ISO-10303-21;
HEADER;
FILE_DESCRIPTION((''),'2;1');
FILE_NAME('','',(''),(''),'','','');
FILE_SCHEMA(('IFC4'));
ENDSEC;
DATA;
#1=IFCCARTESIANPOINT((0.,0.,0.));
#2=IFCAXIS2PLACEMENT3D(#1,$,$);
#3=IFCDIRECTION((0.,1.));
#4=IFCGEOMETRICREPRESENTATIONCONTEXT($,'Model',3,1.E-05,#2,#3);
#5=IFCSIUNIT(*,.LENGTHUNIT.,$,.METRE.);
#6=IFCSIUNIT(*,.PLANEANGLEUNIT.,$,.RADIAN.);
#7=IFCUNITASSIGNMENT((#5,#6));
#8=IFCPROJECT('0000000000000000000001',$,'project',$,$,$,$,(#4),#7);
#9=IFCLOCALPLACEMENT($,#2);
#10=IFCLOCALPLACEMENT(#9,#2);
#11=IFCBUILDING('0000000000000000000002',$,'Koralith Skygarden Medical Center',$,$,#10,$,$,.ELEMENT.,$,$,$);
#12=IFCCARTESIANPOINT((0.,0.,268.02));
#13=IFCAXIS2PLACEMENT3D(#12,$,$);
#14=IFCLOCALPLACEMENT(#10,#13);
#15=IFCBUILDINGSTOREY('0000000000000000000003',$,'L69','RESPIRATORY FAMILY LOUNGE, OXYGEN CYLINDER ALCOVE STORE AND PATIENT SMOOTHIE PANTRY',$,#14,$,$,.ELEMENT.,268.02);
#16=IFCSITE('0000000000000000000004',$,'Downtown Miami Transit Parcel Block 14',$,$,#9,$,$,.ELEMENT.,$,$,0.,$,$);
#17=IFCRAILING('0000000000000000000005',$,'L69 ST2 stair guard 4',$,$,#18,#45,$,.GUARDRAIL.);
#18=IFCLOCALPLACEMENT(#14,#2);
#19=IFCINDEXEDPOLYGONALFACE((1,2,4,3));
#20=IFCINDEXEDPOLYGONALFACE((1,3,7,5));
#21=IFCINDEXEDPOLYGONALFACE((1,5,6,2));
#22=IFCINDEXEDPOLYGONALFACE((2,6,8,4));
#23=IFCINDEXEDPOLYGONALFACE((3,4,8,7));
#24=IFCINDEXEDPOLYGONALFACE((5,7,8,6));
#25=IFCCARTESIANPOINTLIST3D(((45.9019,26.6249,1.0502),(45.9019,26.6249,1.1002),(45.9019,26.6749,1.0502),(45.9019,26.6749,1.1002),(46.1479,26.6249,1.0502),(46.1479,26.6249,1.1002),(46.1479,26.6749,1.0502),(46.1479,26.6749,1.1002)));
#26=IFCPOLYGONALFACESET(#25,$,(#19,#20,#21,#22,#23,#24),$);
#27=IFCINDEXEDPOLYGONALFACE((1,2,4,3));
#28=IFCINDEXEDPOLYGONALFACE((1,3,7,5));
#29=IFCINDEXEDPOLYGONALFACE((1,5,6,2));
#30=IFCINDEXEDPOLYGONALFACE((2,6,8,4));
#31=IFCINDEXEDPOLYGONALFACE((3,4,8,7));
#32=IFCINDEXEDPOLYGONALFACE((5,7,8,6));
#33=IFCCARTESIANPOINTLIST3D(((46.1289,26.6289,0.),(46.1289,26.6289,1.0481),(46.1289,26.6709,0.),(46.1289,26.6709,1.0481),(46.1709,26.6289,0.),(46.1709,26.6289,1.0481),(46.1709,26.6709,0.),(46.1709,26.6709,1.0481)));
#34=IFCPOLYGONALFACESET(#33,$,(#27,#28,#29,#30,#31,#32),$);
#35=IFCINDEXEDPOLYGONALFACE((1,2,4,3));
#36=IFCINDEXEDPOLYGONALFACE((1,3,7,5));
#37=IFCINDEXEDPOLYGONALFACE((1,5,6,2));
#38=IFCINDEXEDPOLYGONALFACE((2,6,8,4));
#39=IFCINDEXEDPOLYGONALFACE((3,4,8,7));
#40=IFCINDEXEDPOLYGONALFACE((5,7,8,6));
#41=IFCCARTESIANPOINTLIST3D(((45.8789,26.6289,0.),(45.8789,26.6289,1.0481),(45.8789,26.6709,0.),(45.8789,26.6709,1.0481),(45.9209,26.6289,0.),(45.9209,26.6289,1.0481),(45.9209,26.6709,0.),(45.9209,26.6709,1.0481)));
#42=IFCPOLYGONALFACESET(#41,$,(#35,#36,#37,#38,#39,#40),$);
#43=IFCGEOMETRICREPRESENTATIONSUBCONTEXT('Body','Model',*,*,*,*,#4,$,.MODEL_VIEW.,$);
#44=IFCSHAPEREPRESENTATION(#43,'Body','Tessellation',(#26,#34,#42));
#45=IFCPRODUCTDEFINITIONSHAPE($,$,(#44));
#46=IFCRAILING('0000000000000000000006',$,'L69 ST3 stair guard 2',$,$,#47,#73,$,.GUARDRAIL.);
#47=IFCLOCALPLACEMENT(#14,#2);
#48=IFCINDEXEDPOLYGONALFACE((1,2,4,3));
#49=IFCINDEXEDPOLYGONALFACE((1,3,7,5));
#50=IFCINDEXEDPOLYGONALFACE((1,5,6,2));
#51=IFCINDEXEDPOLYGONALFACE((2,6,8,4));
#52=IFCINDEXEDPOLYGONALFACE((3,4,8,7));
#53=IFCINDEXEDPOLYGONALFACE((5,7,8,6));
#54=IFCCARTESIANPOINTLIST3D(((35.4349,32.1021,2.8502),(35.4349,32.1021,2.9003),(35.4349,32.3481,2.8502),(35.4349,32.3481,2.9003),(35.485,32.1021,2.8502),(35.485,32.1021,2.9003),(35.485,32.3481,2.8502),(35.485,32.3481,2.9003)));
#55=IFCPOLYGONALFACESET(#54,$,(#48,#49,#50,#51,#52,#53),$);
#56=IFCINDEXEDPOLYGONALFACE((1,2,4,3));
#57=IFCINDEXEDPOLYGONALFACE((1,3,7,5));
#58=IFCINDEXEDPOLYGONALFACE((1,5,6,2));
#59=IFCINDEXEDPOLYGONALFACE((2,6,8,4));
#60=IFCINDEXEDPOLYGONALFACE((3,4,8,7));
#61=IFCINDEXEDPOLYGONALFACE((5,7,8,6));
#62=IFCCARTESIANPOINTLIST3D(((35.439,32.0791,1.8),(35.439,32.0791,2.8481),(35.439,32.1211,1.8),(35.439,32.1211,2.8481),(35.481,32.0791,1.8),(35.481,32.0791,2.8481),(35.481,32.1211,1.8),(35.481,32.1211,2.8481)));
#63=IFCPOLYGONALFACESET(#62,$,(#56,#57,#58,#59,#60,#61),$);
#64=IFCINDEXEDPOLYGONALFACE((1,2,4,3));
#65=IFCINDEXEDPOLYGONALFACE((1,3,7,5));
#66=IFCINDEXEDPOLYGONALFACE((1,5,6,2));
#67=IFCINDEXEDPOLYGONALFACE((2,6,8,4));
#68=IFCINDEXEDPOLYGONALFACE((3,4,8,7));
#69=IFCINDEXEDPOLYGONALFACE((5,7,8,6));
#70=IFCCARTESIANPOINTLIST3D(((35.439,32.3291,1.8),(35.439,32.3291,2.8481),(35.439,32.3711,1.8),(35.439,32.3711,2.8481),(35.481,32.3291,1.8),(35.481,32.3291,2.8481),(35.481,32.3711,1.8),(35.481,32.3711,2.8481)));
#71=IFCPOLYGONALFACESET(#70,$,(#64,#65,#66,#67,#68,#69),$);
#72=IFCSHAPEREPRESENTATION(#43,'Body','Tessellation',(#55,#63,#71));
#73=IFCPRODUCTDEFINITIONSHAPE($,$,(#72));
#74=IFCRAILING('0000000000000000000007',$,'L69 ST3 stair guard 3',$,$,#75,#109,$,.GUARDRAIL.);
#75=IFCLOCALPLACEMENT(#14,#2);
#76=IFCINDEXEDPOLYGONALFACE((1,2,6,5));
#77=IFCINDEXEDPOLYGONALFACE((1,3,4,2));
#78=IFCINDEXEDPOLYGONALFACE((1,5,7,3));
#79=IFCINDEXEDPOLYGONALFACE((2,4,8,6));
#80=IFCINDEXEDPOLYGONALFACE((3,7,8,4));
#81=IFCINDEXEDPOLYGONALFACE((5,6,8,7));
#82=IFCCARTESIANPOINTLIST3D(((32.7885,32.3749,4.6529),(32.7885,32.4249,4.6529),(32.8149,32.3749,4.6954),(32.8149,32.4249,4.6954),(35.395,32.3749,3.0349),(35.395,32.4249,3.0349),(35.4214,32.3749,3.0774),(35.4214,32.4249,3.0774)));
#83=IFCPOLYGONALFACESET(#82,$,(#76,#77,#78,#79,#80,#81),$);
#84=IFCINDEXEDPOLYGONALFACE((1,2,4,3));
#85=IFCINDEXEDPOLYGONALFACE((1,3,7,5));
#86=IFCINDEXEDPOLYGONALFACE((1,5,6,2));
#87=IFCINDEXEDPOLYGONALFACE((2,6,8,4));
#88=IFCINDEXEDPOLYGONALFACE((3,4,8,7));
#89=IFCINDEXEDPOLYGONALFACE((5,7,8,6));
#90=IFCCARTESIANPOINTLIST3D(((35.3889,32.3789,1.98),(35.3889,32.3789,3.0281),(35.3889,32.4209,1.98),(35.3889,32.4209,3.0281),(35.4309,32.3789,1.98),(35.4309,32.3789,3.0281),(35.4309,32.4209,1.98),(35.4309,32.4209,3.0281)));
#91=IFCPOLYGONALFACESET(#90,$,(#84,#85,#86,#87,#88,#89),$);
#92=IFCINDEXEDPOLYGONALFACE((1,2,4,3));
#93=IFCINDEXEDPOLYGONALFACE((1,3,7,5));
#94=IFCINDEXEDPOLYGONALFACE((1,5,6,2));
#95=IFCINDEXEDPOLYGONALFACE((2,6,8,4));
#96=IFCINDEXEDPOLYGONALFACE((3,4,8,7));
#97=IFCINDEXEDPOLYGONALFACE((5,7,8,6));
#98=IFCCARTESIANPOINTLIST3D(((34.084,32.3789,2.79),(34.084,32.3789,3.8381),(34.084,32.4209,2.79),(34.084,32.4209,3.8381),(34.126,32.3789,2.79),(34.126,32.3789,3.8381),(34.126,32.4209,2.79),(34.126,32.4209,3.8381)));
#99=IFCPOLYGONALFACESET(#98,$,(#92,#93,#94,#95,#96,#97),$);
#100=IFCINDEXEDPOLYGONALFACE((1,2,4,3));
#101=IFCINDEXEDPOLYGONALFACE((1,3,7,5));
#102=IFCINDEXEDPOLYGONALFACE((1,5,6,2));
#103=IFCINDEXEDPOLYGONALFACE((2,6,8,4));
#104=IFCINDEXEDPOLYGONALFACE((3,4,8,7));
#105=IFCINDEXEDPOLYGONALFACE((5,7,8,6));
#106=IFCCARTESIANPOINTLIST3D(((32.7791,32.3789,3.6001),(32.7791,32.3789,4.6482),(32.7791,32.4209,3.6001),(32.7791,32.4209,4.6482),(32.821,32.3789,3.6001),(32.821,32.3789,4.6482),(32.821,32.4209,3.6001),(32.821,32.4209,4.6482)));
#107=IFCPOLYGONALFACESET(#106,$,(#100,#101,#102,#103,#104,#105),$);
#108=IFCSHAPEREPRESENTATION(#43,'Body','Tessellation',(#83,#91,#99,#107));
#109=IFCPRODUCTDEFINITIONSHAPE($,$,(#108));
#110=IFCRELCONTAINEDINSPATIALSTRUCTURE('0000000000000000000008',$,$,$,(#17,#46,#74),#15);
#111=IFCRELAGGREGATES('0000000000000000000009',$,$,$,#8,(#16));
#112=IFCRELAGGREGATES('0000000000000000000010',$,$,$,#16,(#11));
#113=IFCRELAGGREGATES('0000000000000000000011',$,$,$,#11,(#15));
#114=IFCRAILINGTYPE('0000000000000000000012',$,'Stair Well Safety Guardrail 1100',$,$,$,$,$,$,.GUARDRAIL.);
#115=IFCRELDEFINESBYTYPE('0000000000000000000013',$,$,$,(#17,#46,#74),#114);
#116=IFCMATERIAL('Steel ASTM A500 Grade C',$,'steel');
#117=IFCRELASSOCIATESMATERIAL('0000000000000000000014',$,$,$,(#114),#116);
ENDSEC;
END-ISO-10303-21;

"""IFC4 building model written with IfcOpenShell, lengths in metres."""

from ifc_helpers import new_model, si_unit, direction, frame, origin, origin_2d, place, context, subcontext, project, spatial, rectangle, extrude, material, type_object, element, save


model = new_model("IFC4")

# Units and contexts
model_context = context("Model", 3, precision=1e-05, world=origin(), true_north=direction((0.0, 1.0)))
body_context = subcontext(model_context, "Body", "Model", "MODEL_VIEW")
ifc_project = project(units=[si_unit("LENGTHUNIT", "METRE"), si_unit("PLANEANGLEUNIT", "RADIAN")], contexts=[model_context])

# Site, building, storey
site_placement = place(None, origin())
site = spatial("IfcSite", under=ifc_project, at=site_placement, Name="Downtown Miami Transit Parcel Block 14", CompositionType="ELEMENT", RefElevation=0.0)
building_placement = place(site_placement, origin())
building = spatial("IfcBuilding", under=site, at=building_placement, Name="Koralith Skygarden Medical Center", CompositionType="ELEMENT")
storey_placement = place(building_placement, frame((0.0, 0.0, 268.02)))
storey = spatial("IfcBuildingStorey", under=building, at=storey_placement, Name="L69", Description="RESPIRATORY FAMILY LOUNGE, OXYGEN CYLINDER ALCOVE STORE AND PATIENT SMOOTHIE PANTRY", CompositionType="ELEMENT", Elevation=268.02)

# Shared definitions
ifc_material_1 = material(Name="Steel ASTM A500 Grade C", Category="steel")

# Railings
railing_type_1 = type_object("IfcRailingType", Name="Stair Well Safety Guardrail 1100", PredefinedType="GUARDRAIL", material=ifc_material_1)
railing_1_placement = place(storey_placement, frame((46.1499, 26.6499, 0.0)))
element("IfcRailing", 1, at=railing_1_placement, inside=storey, type_object=railing_type_1, Name="L69 ST2 stair guard 4", PredefinedType="GUARDRAIL", context=body_context, shape_type="SweptSolid", body=[
    extrude(rectangle(XDim=0.05, YDim=0.05, at=origin_2d()), frame((-0.002, 0.0, 1.0752), z_axis=(-1.0, 0.0, 0.0), x_axis=(0.0, -1.0, 0.0)), (0.0, 0.0, 1.0), 0.2461),
    extrude(rectangle(XDim=0.042, YDim=0.042, at=origin_2d()), origin(), (0.0, 0.0, 1.0), 1.0481),
    extrude(rectangle(XDim=0.042, YDim=0.042, at=origin_2d()), frame((-0.25, 0.0, 0.0)), (0.0, 0.0, 1.0), 1.0481),
])
railing_2_placement = place(storey_placement, frame((35.46, 32.1001, 1.8)))
element("IfcRailing", 2, at=railing_2_placement, inside=storey, type_object=railing_type_1, Name="L69 ST3 stair guard 2", PredefinedType="GUARDRAIL", context=body_context, shape_type="SweptSolid", body=[
    extrude(rectangle(XDim=0.05, YDim=0.05, at=origin_2d()), frame((0.0, 0.002, 1.0752), z_axis=(0.0, 1.0, 0.0), x_axis=(-1.0, 0.0, 0.0)), (0.0, 0.0, 1.0), 0.2461),
    extrude(rectangle(XDim=0.042, YDim=0.042, at=origin_2d()), origin(), (0.0, 0.0, 1.0), 1.0481),
    extrude(rectangle(XDim=0.042, YDim=0.042, at=origin_2d()), frame((0.0, 0.25, 0.0)), (0.0, 0.0, 1.0), 1.0481),
])
railing_3_placement = place(storey_placement, frame((35.4099, 32.3999, 1.98)))
element("IfcRailing", 3, at=railing_3_placement, inside=storey, type_object=railing_type_1, Name="L69 ST3 stair guard 3", PredefinedType="GUARDRAIL", context=body_context, shape_type="SweptSolid", body=[
    extrude(rectangle(XDim=0.05, YDim=0.05, at=origin_2d()), frame((-0.0017, 0.0, 1.0762), z_axis=(-0.849611, 0.0, 0.52741), x_axis=(0.0, -1.0, 0.0)), (0.0, 0.0, 1.0), 3.0679),
    extrude(rectangle(XDim=0.042, YDim=0.042, at=origin_2d()), origin(), (0.0, 0.0, 1.0), 1.0481),
    extrude(rectangle(XDim=0.042, YDim=0.042, at=origin_2d()), frame((-1.3049, 0.0, 0.8101)), (0.0, 0.0, 1.0), 1.0481),
    extrude(rectangle(XDim=0.042, YDim=0.042, at=origin_2d()), frame((-2.6099, 0.0, 1.6201)), (0.0, 0.0, 1.0), 1.0481),
])

save(model, "model.ifc")
